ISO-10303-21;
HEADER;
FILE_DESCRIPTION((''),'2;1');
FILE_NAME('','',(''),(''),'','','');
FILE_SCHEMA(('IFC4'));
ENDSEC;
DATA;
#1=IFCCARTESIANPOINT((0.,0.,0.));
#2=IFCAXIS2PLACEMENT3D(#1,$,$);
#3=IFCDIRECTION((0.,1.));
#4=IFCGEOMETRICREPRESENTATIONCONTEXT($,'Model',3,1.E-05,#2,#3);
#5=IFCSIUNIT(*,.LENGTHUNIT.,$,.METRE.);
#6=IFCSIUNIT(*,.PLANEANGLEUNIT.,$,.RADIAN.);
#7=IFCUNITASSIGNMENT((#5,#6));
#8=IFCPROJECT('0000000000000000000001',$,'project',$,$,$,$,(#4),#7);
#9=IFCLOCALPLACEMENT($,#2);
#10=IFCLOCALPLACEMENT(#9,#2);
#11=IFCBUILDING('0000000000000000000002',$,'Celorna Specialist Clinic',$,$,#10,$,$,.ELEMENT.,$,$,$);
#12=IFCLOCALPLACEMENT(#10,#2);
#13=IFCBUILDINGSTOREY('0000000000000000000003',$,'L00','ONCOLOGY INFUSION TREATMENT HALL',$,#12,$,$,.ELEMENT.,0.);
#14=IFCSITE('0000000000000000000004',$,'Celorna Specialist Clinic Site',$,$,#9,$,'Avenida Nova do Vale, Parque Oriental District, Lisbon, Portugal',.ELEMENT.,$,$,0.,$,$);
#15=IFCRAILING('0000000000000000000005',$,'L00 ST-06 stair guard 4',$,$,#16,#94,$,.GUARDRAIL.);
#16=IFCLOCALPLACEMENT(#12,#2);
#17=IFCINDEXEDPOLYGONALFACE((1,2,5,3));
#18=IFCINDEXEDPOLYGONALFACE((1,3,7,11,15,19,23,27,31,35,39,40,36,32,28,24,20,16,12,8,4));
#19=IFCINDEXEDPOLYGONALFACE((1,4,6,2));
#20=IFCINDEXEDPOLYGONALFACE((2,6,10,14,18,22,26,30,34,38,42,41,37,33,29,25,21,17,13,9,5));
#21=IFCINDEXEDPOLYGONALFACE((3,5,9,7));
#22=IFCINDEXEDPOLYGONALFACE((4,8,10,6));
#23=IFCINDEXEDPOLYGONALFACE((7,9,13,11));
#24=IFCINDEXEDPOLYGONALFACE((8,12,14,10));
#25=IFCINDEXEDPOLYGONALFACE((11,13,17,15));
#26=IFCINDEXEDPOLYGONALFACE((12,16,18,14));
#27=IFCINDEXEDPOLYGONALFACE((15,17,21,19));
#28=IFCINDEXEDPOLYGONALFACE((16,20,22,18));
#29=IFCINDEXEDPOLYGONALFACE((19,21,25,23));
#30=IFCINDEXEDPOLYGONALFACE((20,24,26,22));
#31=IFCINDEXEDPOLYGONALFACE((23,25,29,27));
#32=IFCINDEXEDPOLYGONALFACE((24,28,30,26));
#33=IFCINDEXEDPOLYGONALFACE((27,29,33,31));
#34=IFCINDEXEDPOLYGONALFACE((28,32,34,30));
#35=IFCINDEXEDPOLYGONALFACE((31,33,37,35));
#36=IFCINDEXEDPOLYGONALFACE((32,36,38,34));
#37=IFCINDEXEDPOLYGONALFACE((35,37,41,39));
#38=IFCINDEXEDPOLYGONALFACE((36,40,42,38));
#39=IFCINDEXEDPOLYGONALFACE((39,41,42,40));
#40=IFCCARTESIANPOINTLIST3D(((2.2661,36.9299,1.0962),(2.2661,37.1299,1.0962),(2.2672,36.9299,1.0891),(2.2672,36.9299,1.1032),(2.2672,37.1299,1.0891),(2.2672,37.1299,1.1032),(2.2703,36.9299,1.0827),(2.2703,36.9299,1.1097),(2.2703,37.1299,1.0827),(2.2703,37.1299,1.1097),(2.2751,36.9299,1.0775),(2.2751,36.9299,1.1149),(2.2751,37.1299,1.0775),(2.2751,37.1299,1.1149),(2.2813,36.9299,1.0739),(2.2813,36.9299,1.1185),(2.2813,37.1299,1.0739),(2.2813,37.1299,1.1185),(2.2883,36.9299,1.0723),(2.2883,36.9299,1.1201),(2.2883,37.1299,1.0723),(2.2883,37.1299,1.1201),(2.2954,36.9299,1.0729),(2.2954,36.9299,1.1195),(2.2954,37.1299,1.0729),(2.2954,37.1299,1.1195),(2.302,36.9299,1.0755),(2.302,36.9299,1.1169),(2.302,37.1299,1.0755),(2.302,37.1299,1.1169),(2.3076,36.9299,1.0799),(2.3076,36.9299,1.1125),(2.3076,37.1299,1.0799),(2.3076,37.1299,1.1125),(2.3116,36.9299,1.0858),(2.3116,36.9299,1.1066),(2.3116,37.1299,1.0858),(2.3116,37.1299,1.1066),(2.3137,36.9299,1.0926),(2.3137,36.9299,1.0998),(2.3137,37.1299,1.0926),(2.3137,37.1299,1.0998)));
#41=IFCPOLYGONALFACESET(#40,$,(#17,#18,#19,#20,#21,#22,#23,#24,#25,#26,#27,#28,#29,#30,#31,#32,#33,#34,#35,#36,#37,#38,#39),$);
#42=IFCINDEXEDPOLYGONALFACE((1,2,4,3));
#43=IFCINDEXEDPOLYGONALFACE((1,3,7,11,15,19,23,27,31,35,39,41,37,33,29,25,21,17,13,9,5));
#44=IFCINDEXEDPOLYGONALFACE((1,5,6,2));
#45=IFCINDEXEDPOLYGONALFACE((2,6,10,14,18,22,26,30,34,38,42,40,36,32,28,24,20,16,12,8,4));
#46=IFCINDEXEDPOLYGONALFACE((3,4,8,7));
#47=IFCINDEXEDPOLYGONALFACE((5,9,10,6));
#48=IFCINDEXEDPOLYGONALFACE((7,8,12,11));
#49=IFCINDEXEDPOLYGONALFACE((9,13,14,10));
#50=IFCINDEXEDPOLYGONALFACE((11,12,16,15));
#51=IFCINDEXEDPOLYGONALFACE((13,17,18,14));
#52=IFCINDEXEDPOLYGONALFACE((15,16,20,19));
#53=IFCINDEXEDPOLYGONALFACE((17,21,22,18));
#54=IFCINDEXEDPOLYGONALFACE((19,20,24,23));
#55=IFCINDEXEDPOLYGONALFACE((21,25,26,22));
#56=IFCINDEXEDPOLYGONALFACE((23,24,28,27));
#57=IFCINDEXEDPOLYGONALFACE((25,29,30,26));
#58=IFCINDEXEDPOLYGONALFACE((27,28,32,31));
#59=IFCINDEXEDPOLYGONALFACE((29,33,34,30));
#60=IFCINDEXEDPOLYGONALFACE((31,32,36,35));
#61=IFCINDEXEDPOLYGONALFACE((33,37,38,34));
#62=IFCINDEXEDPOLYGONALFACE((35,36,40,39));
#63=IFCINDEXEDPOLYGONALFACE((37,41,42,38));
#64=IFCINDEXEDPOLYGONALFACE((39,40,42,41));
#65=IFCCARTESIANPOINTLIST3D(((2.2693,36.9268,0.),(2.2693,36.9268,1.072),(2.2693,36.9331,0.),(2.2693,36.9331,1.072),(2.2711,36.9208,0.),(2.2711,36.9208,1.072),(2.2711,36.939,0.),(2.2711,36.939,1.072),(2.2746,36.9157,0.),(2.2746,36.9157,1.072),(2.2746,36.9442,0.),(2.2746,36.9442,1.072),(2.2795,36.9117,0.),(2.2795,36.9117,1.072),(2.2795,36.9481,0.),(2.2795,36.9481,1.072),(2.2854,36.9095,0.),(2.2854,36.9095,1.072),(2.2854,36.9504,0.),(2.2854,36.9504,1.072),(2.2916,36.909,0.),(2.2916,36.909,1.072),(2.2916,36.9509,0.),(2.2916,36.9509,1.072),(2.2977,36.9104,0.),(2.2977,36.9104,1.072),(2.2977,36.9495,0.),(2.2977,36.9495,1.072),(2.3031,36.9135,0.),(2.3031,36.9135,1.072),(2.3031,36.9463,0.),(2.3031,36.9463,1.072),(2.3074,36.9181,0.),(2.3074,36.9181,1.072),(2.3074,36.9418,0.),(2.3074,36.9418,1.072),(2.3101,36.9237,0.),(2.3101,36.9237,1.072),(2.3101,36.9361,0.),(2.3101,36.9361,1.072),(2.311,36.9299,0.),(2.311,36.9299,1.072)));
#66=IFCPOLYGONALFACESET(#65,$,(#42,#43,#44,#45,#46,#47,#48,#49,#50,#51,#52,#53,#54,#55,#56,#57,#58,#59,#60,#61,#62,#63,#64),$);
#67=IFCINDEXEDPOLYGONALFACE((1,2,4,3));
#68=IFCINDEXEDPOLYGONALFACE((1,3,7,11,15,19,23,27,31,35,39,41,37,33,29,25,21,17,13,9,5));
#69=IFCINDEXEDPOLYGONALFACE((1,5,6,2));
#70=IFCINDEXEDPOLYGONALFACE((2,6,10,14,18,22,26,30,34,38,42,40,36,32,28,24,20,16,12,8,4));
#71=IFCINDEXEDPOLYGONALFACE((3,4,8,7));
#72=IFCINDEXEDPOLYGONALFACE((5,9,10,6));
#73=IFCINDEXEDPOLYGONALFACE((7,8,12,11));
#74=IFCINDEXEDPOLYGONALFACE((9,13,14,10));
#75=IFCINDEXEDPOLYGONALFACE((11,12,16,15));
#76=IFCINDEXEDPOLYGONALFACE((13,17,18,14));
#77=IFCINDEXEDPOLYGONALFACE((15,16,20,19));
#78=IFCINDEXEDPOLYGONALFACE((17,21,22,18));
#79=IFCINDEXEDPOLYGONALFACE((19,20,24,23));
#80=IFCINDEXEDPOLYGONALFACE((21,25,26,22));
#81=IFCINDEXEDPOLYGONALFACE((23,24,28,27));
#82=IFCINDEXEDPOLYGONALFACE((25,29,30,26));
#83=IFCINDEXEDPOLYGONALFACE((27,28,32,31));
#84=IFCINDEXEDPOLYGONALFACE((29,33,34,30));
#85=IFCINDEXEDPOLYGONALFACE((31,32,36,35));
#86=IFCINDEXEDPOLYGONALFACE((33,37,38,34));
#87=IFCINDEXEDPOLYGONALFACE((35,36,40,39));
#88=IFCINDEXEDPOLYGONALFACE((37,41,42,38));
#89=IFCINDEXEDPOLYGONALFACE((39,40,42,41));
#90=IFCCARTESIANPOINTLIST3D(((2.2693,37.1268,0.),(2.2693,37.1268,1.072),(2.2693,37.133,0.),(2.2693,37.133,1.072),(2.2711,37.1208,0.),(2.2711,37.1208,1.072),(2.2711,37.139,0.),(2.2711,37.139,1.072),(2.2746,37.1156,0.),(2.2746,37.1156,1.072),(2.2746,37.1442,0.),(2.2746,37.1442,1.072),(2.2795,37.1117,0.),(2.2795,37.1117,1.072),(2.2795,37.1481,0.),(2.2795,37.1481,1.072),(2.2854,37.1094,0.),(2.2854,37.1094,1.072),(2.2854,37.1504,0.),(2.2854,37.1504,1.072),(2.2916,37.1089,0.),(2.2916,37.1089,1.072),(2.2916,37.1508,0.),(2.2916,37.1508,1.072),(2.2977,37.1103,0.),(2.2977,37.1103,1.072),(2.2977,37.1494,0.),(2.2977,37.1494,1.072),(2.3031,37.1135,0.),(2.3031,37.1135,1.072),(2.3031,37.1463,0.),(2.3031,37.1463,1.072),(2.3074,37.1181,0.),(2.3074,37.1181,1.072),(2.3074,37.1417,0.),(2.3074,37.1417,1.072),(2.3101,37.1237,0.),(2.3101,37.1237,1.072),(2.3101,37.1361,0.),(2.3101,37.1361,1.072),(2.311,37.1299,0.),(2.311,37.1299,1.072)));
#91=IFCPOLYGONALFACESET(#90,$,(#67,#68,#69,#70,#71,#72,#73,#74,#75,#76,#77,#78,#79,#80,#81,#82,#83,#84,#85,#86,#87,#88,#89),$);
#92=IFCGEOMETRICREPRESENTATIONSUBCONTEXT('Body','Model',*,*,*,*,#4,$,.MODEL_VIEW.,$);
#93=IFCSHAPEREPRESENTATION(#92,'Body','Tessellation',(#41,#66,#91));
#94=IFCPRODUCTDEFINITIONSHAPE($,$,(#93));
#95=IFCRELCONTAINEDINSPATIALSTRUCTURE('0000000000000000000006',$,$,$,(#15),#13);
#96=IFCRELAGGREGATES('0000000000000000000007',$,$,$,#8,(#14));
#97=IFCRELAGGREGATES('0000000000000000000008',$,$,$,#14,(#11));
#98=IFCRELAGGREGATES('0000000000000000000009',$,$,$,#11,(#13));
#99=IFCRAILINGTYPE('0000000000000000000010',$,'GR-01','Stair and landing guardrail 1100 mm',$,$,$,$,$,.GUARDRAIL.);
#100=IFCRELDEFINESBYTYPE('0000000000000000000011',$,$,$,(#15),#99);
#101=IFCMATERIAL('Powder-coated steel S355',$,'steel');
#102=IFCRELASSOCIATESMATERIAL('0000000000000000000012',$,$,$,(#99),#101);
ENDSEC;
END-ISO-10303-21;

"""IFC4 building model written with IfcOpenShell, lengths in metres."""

from ifc_helpers import new_model, si_unit, direction, frame, origin, origin_2d, place, context, subcontext, project, spatial, circle, extrude, material, type_object, element, save


model = new_model("IFC4")

# Units and contexts
model_context = context("Model", 3, precision=1e-05, world=origin(), true_north=direction((0.0, 1.0)))
body_context = subcontext(model_context, "Body", "Model", "MODEL_VIEW")
ifc_project = project(units=[si_unit("LENGTHUNIT", "METRE"), si_unit("PLANEANGLEUNIT", "RADIAN")], contexts=[model_context])

# Site, building, storey
site_placement = place(None, origin())
site = spatial("IfcSite", under=ifc_project, at=site_placement, Name="Celorna Specialist Clinic Site", LongName="Avenida Nova do Vale, Parque Oriental District, Lisbon, Portugal", CompositionType="ELEMENT", RefElevation=0.0)
building_placement = place(site_placement, origin())
building = spatial("IfcBuilding", under=site, at=building_placement, Name="Celorna Specialist Clinic", CompositionType="ELEMENT")
storey_placement = place(building_placement, origin())
storey = spatial("IfcBuildingStorey", under=building, at=storey_placement, Name="L00", Description="ONCOLOGY INFUSION TREATMENT HALL", CompositionType="ELEMENT", Elevation=0.0)

# Railing
ifc_material_1 = material(Name="Powder-coated steel S355", Category="steel")
railing_type_1 = type_object("IfcRailingType", Name="GR-01", Description="Stair and landing guardrail 1100 mm", PredefinedType="GUARDRAIL", material=ifc_material_1)
railing_1_placement = place(storey_placement, frame((2.29, 36.9299, 0.0)))
element("IfcRailing", 1, at=railing_1_placement, inside=storey, type_object=railing_type_1, Name="L00 ST-06 stair guard 4", PredefinedType="GUARDRAIL", context=body_context, shape_type="SweptSolid", body=[
    extrude(circle(Radius=0.0239, at=origin_2d()), frame((0.0, 0.0, 1.0962), z_axis=(0.0, 1.0, 0.0), x_axis=(-1.0, 0.0, 0.0)), (0.0, 0.0, 1.0), 0.2),
    extrude(circle(Radius=0.021, at=origin_2d()), origin(), (0.0, 0.0, 1.0), 1.072),
    extrude(circle(Radius=0.021, at=origin_2d()), frame((0.0, 0.2, 0.0)), (0.0, 0.0, 1.0), 1.072),
])

save(model, "model.ifc")
